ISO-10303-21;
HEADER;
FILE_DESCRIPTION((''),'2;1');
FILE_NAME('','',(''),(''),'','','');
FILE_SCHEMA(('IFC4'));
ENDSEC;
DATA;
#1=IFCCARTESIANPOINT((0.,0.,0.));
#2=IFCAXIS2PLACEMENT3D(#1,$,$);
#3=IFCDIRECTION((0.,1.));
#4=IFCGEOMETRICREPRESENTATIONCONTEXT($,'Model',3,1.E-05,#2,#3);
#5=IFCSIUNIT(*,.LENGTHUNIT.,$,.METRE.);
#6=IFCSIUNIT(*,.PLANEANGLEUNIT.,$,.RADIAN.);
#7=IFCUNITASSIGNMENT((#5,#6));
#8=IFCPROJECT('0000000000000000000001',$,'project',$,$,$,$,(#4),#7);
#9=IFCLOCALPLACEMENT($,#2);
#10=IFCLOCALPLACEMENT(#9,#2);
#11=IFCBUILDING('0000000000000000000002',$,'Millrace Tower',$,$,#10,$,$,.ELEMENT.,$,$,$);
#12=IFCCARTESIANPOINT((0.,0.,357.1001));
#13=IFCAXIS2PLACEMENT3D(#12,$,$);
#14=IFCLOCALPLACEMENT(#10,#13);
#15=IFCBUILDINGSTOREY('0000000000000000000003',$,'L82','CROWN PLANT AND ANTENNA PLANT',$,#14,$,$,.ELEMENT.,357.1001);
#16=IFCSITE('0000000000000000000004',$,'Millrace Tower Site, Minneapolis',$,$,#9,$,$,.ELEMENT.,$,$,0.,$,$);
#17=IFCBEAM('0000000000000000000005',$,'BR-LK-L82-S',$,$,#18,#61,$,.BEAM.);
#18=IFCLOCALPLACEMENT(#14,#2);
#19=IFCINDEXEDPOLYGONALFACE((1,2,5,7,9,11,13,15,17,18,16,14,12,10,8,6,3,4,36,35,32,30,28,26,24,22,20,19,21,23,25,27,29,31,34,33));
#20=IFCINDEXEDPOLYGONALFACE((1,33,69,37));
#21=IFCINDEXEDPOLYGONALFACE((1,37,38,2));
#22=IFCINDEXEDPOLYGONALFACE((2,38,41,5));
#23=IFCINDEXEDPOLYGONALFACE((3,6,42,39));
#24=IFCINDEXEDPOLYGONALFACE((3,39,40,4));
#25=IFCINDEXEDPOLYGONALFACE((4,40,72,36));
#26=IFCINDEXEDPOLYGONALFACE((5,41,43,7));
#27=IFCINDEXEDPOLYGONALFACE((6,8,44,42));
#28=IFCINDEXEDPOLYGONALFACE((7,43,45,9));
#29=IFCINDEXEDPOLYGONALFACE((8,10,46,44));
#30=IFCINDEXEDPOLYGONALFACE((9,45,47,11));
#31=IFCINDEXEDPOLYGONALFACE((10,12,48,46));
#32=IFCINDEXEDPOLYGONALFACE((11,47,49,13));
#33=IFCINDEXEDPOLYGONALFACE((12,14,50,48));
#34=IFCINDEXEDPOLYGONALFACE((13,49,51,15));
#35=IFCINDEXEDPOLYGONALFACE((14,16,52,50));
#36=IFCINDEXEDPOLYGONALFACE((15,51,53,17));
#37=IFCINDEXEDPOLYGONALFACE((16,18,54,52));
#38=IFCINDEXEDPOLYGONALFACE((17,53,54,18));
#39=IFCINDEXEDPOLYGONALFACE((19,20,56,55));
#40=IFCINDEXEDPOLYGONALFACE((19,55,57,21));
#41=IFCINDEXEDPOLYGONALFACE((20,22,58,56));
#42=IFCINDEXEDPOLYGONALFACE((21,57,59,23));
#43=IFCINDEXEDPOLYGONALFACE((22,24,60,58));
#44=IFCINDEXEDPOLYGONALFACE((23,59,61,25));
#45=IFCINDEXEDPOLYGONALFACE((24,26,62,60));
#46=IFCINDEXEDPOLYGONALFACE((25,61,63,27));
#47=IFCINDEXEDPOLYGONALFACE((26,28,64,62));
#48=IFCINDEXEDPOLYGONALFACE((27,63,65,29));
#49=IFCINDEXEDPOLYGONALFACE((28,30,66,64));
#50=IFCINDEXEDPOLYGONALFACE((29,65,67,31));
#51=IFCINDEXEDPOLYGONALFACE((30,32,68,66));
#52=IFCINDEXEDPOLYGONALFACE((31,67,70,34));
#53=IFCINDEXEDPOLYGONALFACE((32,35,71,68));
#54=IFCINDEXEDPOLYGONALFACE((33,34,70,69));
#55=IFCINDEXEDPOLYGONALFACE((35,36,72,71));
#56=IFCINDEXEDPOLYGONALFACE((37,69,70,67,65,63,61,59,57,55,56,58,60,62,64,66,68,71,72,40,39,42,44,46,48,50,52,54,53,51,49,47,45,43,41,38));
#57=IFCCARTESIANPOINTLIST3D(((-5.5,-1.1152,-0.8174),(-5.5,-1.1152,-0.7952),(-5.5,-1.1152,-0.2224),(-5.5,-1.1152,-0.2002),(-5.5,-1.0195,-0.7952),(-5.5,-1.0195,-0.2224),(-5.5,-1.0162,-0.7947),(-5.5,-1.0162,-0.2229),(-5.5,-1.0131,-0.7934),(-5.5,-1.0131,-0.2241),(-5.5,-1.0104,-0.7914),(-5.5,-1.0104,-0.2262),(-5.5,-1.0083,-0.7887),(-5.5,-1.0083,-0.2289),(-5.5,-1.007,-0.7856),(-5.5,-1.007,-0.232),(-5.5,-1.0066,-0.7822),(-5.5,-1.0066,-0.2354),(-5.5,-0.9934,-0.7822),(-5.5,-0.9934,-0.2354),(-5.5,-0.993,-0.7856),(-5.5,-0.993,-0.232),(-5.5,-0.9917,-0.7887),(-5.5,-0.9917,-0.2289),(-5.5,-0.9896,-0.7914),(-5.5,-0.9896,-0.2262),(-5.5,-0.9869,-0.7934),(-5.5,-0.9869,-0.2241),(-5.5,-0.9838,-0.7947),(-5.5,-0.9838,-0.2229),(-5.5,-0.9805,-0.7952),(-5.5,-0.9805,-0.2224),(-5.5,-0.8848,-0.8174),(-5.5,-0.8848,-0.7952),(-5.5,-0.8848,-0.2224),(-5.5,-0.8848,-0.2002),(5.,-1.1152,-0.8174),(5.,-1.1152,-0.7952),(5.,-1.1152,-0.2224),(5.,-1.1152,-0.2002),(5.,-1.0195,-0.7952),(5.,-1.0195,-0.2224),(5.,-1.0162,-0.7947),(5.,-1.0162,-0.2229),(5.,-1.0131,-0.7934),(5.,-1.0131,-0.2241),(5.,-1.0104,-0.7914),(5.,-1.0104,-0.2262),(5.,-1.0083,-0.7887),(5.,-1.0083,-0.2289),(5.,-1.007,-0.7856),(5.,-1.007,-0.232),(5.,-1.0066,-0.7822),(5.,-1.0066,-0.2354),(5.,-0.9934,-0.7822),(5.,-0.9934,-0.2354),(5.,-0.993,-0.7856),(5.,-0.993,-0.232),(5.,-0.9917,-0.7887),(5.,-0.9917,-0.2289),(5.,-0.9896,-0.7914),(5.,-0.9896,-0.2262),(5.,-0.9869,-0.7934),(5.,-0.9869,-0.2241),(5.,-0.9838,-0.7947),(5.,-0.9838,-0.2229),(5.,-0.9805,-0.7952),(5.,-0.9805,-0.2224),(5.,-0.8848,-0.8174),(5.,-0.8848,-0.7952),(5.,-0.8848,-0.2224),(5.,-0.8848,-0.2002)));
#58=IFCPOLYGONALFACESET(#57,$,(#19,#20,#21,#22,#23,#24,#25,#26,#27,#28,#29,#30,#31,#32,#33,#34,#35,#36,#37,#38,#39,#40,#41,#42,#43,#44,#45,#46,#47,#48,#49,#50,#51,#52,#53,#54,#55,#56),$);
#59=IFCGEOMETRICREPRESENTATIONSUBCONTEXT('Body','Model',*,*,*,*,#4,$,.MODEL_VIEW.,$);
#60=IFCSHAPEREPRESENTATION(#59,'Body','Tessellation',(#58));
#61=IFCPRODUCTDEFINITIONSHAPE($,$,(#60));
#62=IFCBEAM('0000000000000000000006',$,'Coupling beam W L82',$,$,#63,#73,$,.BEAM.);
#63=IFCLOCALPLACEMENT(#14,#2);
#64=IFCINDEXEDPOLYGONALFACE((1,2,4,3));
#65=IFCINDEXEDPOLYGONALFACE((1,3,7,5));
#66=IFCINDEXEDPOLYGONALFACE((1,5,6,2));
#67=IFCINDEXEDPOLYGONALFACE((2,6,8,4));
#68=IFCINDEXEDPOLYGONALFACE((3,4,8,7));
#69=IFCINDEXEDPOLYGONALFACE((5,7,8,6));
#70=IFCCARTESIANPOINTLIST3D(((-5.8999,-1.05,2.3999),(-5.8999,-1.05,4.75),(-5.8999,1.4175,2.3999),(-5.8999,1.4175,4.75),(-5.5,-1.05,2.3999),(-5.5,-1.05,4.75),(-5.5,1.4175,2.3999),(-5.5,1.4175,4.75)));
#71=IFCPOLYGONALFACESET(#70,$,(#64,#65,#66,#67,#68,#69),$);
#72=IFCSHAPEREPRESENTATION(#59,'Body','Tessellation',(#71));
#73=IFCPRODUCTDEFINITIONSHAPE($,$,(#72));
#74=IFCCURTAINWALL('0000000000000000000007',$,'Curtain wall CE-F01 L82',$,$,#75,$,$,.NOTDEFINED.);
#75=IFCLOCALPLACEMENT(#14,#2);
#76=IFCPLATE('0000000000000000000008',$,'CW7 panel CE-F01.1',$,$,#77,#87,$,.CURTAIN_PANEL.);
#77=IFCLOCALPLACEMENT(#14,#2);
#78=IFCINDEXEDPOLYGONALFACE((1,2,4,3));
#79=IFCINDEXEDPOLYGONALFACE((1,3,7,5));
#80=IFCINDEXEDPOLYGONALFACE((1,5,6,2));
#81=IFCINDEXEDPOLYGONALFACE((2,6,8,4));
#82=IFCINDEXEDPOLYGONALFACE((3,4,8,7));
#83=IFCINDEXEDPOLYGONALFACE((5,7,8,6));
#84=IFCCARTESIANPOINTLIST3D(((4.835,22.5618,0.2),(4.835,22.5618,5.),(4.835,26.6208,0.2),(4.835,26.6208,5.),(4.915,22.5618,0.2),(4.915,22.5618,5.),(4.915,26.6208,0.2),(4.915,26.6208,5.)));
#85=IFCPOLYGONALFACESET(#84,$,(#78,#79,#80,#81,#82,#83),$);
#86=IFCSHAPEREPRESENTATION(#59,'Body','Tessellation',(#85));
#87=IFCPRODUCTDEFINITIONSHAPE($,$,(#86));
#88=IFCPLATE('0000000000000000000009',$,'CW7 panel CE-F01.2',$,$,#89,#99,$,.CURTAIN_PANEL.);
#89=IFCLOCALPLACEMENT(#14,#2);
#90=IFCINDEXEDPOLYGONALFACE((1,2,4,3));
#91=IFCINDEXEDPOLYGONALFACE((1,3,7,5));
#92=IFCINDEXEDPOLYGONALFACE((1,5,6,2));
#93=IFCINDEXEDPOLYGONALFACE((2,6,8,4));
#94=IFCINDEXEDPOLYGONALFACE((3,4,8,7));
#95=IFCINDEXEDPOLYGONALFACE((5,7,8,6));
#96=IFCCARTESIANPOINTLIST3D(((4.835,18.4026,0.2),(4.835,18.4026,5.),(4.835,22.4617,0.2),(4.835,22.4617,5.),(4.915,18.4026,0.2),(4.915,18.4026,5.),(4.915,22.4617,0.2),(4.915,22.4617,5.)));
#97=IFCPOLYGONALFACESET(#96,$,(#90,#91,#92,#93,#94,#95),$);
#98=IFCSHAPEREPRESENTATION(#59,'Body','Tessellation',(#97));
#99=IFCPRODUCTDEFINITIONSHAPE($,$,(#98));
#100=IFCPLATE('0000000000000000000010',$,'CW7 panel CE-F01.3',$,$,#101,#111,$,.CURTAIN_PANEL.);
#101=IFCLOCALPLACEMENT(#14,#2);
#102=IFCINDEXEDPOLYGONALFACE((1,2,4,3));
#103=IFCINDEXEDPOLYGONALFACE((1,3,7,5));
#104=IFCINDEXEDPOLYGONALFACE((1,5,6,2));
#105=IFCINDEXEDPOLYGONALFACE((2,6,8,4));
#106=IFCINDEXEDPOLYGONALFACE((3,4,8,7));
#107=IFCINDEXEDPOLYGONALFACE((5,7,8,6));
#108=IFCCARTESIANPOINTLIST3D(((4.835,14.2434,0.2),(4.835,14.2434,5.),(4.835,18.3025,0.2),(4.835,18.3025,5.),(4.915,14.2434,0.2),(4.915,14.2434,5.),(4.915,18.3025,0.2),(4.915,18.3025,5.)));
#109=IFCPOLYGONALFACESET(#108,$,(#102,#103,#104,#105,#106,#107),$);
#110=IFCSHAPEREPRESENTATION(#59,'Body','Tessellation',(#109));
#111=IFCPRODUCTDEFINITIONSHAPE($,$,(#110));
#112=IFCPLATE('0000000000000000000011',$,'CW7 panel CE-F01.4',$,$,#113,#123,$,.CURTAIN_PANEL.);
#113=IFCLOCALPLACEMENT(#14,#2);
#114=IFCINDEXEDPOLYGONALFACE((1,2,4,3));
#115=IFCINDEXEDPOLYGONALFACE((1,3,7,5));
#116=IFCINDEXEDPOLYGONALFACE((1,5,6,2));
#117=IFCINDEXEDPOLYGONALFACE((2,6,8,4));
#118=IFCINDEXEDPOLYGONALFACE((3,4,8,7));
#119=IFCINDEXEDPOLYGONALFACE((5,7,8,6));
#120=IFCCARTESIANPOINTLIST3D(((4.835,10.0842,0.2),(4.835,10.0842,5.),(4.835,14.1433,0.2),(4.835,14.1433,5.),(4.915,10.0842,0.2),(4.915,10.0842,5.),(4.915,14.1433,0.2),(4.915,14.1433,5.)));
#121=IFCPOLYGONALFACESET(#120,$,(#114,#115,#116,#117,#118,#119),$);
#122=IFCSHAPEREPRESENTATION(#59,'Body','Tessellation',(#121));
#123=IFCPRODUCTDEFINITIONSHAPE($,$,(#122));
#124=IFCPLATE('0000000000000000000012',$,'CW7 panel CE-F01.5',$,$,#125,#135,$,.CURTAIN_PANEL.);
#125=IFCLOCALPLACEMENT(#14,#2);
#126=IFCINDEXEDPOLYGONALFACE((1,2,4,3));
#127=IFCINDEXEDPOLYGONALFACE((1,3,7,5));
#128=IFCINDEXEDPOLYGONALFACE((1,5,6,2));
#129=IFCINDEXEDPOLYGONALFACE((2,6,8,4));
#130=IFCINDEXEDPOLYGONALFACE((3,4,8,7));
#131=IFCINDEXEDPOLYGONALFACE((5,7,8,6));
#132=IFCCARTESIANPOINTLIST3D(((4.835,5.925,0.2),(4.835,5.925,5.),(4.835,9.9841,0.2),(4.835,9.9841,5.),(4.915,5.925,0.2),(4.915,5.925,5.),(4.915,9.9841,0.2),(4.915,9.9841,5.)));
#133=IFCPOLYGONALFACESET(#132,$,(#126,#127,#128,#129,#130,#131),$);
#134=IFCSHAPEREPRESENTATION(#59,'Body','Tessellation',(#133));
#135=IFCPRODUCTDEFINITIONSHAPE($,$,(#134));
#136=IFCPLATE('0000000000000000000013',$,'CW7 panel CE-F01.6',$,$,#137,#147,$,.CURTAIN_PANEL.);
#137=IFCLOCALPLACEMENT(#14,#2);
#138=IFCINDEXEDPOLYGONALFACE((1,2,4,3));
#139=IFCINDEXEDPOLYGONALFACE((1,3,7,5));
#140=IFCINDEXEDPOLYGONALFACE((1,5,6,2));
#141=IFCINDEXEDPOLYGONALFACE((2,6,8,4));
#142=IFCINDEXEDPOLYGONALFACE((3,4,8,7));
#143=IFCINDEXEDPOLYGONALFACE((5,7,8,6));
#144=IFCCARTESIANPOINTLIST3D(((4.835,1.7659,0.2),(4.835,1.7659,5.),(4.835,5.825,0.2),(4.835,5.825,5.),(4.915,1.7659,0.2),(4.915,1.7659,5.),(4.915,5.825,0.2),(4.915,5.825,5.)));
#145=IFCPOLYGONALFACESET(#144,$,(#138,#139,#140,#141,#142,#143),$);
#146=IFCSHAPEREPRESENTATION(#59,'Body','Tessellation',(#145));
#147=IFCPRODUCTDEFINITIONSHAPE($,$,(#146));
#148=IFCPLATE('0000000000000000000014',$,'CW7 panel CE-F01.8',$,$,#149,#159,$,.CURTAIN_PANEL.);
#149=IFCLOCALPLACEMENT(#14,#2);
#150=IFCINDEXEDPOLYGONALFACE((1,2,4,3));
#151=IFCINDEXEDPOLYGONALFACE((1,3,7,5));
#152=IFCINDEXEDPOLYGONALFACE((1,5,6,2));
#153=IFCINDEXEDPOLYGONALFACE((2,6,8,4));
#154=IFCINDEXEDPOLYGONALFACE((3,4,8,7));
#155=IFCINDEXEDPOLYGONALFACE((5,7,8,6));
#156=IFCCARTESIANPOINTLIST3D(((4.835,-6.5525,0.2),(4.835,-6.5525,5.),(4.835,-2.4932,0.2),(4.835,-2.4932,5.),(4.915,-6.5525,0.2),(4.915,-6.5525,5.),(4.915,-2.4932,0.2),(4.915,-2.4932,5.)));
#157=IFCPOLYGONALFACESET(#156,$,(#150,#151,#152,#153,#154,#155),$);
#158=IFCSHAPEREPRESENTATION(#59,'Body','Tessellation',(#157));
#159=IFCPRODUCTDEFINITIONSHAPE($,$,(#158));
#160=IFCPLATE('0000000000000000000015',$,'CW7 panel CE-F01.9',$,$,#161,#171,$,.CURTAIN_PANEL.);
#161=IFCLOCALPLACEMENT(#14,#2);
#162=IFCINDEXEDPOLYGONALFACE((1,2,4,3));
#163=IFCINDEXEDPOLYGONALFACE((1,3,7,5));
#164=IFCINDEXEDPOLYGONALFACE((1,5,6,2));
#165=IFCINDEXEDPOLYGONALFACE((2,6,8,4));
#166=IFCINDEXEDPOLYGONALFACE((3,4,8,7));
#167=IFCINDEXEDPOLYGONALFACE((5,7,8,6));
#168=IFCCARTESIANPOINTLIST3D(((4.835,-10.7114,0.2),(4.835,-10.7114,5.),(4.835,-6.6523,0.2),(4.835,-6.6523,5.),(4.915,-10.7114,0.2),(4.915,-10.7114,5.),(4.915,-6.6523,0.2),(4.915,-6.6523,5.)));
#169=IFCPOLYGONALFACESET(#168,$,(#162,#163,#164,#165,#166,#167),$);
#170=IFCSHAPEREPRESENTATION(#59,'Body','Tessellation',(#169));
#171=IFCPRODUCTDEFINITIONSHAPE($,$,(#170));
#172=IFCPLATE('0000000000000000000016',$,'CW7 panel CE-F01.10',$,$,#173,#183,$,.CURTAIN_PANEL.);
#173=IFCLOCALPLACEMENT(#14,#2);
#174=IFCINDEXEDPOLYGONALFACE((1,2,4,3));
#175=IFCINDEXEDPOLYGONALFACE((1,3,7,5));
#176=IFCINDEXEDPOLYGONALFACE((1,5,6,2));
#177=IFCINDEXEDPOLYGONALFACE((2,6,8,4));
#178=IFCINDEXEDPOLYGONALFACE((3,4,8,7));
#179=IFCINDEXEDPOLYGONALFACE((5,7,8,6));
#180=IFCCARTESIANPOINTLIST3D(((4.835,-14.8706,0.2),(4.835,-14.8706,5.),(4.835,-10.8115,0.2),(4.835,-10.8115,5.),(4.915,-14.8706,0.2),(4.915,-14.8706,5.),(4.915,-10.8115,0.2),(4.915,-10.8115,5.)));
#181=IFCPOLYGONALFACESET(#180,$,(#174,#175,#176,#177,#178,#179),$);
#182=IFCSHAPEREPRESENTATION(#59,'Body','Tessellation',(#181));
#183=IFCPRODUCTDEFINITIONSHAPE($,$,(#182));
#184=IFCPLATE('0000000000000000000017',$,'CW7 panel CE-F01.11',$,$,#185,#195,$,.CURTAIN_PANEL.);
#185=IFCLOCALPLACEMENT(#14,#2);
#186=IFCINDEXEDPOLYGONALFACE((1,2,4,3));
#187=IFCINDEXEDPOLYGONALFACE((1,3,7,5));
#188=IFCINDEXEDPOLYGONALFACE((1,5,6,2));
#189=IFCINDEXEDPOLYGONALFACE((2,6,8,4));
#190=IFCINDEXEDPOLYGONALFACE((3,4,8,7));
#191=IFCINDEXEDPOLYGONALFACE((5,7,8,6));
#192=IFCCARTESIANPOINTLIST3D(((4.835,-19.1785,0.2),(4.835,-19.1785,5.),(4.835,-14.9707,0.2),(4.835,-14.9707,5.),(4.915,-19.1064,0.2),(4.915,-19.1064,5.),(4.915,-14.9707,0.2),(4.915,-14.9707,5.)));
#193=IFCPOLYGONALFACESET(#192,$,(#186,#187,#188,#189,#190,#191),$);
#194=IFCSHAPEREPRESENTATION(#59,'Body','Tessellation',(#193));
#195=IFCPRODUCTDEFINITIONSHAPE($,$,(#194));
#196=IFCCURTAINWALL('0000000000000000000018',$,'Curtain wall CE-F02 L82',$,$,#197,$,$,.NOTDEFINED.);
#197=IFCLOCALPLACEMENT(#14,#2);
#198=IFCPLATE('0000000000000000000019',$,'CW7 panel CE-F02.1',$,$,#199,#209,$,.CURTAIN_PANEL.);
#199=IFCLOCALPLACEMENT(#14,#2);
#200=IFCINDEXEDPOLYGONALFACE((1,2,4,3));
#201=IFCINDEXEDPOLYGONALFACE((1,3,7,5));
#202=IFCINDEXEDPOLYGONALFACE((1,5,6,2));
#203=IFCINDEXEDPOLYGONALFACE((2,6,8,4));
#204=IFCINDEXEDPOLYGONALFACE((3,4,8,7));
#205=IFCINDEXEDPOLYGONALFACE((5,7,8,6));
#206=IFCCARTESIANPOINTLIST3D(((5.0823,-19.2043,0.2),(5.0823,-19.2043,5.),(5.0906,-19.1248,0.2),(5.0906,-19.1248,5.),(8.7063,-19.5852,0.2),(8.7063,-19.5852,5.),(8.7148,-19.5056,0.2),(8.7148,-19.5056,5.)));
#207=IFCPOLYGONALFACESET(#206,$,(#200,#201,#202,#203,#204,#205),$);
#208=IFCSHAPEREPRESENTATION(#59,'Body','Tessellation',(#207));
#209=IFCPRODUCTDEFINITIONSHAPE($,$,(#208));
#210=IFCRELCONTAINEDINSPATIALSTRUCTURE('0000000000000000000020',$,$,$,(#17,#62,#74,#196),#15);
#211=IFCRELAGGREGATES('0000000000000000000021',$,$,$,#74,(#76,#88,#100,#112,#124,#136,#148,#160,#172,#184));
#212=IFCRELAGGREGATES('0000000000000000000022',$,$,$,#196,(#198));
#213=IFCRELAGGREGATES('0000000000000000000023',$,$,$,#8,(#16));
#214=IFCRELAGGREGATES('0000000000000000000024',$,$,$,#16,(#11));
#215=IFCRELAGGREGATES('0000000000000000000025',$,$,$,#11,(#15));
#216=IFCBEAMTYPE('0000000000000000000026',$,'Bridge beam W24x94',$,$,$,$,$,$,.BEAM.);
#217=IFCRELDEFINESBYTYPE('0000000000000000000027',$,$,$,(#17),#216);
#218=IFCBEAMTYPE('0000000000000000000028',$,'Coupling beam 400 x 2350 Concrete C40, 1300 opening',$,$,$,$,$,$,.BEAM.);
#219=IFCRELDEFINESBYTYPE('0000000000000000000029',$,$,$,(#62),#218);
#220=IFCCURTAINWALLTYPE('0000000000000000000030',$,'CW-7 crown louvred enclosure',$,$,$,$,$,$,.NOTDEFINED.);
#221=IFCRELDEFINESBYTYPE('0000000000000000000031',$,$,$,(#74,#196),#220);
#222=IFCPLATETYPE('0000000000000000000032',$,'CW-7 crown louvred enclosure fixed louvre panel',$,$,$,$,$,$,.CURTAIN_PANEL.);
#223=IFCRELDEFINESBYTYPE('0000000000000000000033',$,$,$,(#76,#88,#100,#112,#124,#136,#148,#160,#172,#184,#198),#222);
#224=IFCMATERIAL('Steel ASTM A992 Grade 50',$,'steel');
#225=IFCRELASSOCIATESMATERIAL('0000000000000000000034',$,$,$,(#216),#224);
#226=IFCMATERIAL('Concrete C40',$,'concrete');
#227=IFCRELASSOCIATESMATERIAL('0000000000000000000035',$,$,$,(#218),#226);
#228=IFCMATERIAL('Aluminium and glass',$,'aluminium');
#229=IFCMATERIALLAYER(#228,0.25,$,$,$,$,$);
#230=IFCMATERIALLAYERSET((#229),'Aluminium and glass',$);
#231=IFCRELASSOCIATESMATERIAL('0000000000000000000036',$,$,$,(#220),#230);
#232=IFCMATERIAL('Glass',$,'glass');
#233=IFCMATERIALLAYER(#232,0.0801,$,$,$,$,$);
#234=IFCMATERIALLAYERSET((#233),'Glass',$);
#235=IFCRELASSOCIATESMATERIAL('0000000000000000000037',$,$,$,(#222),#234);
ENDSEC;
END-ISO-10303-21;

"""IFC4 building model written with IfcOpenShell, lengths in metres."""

from ifc_helpers import new_model, si_unit, direction, frame, origin, origin_2d, place, context, subcontext, project, spatial, polyline, rectangle, i_section, outline, extrude, material, layer, layer_set, material_profile, profile_set, type_object, element, aggregate, save


model = new_model("IFC4")

# Units and contexts
model_context = context("Model", 3, precision=1e-05, world=origin(), true_north=direction((0.0, 1.0)))
body_context = subcontext(model_context, "Body", "Model", "MODEL_VIEW")
ifc_project = project(units=[si_unit("LENGTHUNIT", "METRE"), si_unit("PLANEANGLEUNIT", "RADIAN")], contexts=[model_context])

# Site, building, storey
site_placement = place(None, origin())
site = spatial("IfcSite", under=ifc_project, at=site_placement, Name="Millrace Tower Site, Minneapolis", CompositionType="ELEMENT", RefElevation=0.0)
building_placement = place(site_placement, origin())
building = spatial("IfcBuilding", under=site, at=building_placement, Name="Millrace Tower", CompositionType="ELEMENT")
storey_placement = place(building_placement, frame((0.0, 0.0, 357.1001)))
storey = spatial("IfcBuildingStorey", under=building, at=storey_placement, Name="L82", Description="CROWN PLANT AND ANTENNA PLANT", CompositionType="ELEMENT", Elevation=357.1001)

# Beams
ifc_material_1 = material(Name="Steel ASTM A992 Grade 50", Category="steel")
ifc_material_profile_1 = material_profile(ifc_material_1, i_section(OverallWidth=0.2305, OverallDepth=0.6172, WebThickness=0.0132, FlangeThickness=0.0222, FilletRadius=0.0129, at=origin_2d()))
ifc_profile_set_1 = profile_set([ifc_material_profile_1], Name="Steel ASTM A992 Grade 50")
beam_type_1 = type_object("IfcBeamType", Name="Bridge beam W24x94", PredefinedType="BEAM", material=ifc_profile_set_1)
beam_1_placement = place(storey_placement, frame((-5.5, -1.0, -0.5088), z_axis=(1.0, 0.0, 0.0), x_axis=(0.0, 1.0, 0.0)))
element("IfcBeam", 1, at=beam_1_placement, inside=storey, type_object=beam_type_1, Name="BR-LK-L82-S", PredefinedType="BEAM", context=body_context, shape_type="SweptSolid", body=[
    extrude(i_section(OverallWidth=0.2305, OverallDepth=0.6172, WebThickness=0.0132, FlangeThickness=0.0222, FilletRadius=0.0129, at=origin_2d()), origin(), (0.0, 0.0, 1.0), 10.5),
])
ifc_material_2 = material(Name="Concrete C40", Category="concrete")
ifc_material_profile_2 = material_profile(ifc_material_2, rectangle(XDim=0.3999, YDim=2.3501, at=origin_2d()))
ifc_profile_set_2 = profile_set([ifc_material_profile_2], Name="Concrete C40")
beam_type_2 = type_object("IfcBeamType", Name="Coupling beam 400 x 2350 Concrete C40, 1300 opening", PredefinedType="BEAM", material=ifc_profile_set_2)
beam_2_placement = place(storey_placement, frame((-5.7, -1.05, 3.575), z_axis=(0.0, 1.0, 0.0), x_axis=(-1.0, 0.0, 0.0)))
element("IfcBeam", 2, at=beam_2_placement, inside=storey, type_object=beam_type_2, Name="Coupling beam W L82", PredefinedType="BEAM", context=body_context, shape_type="SweptSolid", body=[
    extrude(rectangle(XDim=0.3999, YDim=2.3501, at=origin_2d()), origin(), (0.0, 0.0, 1.0), 2.4675),
])

# Curtain walls, plates
ifc_material_3 = material(Name="Aluminium and glass", Category="aluminium")
ifc_layer_1 = layer(ifc_material_3, 0.25)
ifc_layer_set_1 = layer_set([ifc_layer_1], Name="Aluminium and glass")
curtain_wall_type = type_object("IfcCurtainWallType", Name="CW-7 crown louvred enclosure", PredefinedType="NOTDEFINED", material=ifc_layer_set_1)
placement_1 = place(storey_placement, origin())
curtain_wall_1 = element("IfcCurtainWall", 3, at=placement_1, inside=storey, type_object=curtain_wall_type, Name="Curtain wall CE-F01 L82", PredefinedType="NOTDEFINED")
ifc_material_4 = material(Name="Glass", Category="glass")
ifc_layer_2 = layer(ifc_material_4, 0.0801)
ifc_layer_set_2 = layer_set([ifc_layer_2], Name="Glass")
plate_type = type_object("IfcPlateType", Name="CW-7 crown louvred enclosure fixed louvre panel", PredefinedType="CURTAIN_PANEL", material=ifc_layer_set_2)
placement_2 = place(storey_placement, frame((0.0, 0.0, 0.2)))
plate_1 = element("IfcPlate", 4, at=placement_2, type_object=plate_type, Name="CW7 panel CE-F01.1", PredefinedType="CURTAIN_PANEL", context=body_context, shape_type="SweptSolid", body=[
    extrude(outline(polyline([(4.835, 26.6208), (4.835, 22.5618), (4.915, 22.5618), (4.915, 26.6208), (4.835, 26.6208)])), origin(), (0.0, 0.0, 1.0), 4.8),
])
plate_2 = element("IfcPlate", 5, at=placement_2, type_object=plate_type, Name="CW7 panel CE-F01.2", PredefinedType="CURTAIN_PANEL", context=body_context, shape_type="SweptSolid", body=[
    extrude(outline(polyline([(4.835, 22.4617), (4.835, 18.4026), (4.915, 18.4026), (4.915, 22.4617), (4.835, 22.4617)])), origin(), (0.0, 0.0, 1.0), 4.8),
])
plate_3 = element("IfcPlate", 6, at=placement_2, type_object=plate_type, Name="CW7 panel CE-F01.3", PredefinedType="CURTAIN_PANEL", context=body_context, shape_type="SweptSolid", body=[
    extrude(outline(polyline([(4.835, 18.3025), (4.835, 14.2434), (4.915, 14.2434), (4.915, 18.3025), (4.835, 18.3025)])), origin(), (0.0, 0.0, 1.0), 4.8),
])
plate_4 = element("IfcPlate", 7, at=placement_2, type_object=plate_type, Name="CW7 panel CE-F01.4", PredefinedType="CURTAIN_PANEL", context=body_context, shape_type="SweptSolid", body=[
    extrude(outline(polyline([(4.835, 14.1433), (4.835, 10.0842), (4.915, 10.0842), (4.915, 14.1433), (4.835, 14.1433)])), origin(), (0.0, 0.0, 1.0), 4.8),
])
plate_5 = element("IfcPlate", 8, at=placement_2, type_object=plate_type, Name="CW7 panel CE-F01.5", PredefinedType="CURTAIN_PANEL", context=body_context, shape_type="SweptSolid", body=[
    extrude(outline(polyline([(4.835, 9.9841), (4.835, 5.925), (4.915, 5.925), (4.915, 9.9841), (4.835, 9.9841)])), origin(), (0.0, 0.0, 1.0), 4.8),
])
plate_6 = element("IfcPlate", 9, at=placement_2, type_object=plate_type, Name="CW7 panel CE-F01.6", PredefinedType="CURTAIN_PANEL", context=body_context, shape_type="SweptSolid", body=[
    extrude(outline(polyline([(4.835, 5.825), (4.835, 1.7659), (4.915, 1.7659), (4.915, 5.825), (4.835, 5.825)])), origin(), (0.0, 0.0, 1.0), 4.8),
])
plate_7 = element("IfcPlate", 10, at=placement_2, type_object=plate_type, Name="CW7 panel CE-F01.8", PredefinedType="CURTAIN_PANEL", context=body_context, shape_type="SweptSolid", body=[
    extrude(outline(polyline([(4.835, -2.4932), (4.835, -6.5525), (4.915, -6.5525), (4.915, -2.4932), (4.835, -2.4932)])), origin(), (0.0, 0.0, 1.0), 4.8),
])
plate_8 = element("IfcPlate", 11, at=placement_2, type_object=plate_type, Name="CW7 panel CE-F01.9", PredefinedType="CURTAIN_PANEL", context=body_context, shape_type="SweptSolid", body=[
    extrude(outline(polyline([(4.835, -6.6523), (4.835, -10.7114), (4.915, -10.7114), (4.915, -6.6523), (4.835, -6.6523)])), origin(), (0.0, 0.0, 1.0), 4.8),
])
plate_9 = element("IfcPlate", 12, at=placement_2, type_object=plate_type, Name="CW7 panel CE-F01.10", PredefinedType="CURTAIN_PANEL", context=body_context, shape_type="SweptSolid", body=[
    extrude(outline(polyline([(4.835, -10.8115), (4.835, -14.8706), (4.915, -14.8706), (4.915, -10.8115), (4.835, -10.8115)])), origin(), (0.0, 0.0, 1.0), 4.8),
])
plate_10 = element("IfcPlate", 13, at=placement_2, type_object=plate_type, Name="CW7 panel CE-F01.11", PredefinedType="CURTAIN_PANEL", context=body_context, shape_type="SweptSolid", body=[
    extrude(outline(polyline([(4.835, -14.9707), (4.835, -19.1785), (4.915, -19.1064), (4.915, -14.9707), (4.835, -14.9707)])), origin(), (0.0, 0.0, 1.0), 4.8),
])
aggregate(curtain_wall_1, [plate_1, plate_2, plate_3, plate_4, plate_5, plate_6, plate_7, plate_8, plate_9, plate_10])
curtain_wall_2 = element("IfcCurtainWall", 14, at=placement_1, inside=storey, type_object=curtain_wall_type, Name="Curtain wall CE-F02 L82", PredefinedType="NOTDEFINED")
plate_11 = element("IfcPlate", 15, at=placement_2, type_object=plate_type, Name="CW7 panel CE-F02.1", PredefinedType="CURTAIN_PANEL", context=body_context, shape_type="SweptSolid", body=[
    extrude(outline(polyline([(5.0823, -19.2043), (8.7063, -19.5852), (8.7148, -19.5056), (5.0906, -19.1248), (5.0823, -19.2043)])), origin(), (0.0, 0.0, 1.0), 4.8),
])
aggregate(curtain_wall_2, [plate_11])

save(model, "model.ifc")
